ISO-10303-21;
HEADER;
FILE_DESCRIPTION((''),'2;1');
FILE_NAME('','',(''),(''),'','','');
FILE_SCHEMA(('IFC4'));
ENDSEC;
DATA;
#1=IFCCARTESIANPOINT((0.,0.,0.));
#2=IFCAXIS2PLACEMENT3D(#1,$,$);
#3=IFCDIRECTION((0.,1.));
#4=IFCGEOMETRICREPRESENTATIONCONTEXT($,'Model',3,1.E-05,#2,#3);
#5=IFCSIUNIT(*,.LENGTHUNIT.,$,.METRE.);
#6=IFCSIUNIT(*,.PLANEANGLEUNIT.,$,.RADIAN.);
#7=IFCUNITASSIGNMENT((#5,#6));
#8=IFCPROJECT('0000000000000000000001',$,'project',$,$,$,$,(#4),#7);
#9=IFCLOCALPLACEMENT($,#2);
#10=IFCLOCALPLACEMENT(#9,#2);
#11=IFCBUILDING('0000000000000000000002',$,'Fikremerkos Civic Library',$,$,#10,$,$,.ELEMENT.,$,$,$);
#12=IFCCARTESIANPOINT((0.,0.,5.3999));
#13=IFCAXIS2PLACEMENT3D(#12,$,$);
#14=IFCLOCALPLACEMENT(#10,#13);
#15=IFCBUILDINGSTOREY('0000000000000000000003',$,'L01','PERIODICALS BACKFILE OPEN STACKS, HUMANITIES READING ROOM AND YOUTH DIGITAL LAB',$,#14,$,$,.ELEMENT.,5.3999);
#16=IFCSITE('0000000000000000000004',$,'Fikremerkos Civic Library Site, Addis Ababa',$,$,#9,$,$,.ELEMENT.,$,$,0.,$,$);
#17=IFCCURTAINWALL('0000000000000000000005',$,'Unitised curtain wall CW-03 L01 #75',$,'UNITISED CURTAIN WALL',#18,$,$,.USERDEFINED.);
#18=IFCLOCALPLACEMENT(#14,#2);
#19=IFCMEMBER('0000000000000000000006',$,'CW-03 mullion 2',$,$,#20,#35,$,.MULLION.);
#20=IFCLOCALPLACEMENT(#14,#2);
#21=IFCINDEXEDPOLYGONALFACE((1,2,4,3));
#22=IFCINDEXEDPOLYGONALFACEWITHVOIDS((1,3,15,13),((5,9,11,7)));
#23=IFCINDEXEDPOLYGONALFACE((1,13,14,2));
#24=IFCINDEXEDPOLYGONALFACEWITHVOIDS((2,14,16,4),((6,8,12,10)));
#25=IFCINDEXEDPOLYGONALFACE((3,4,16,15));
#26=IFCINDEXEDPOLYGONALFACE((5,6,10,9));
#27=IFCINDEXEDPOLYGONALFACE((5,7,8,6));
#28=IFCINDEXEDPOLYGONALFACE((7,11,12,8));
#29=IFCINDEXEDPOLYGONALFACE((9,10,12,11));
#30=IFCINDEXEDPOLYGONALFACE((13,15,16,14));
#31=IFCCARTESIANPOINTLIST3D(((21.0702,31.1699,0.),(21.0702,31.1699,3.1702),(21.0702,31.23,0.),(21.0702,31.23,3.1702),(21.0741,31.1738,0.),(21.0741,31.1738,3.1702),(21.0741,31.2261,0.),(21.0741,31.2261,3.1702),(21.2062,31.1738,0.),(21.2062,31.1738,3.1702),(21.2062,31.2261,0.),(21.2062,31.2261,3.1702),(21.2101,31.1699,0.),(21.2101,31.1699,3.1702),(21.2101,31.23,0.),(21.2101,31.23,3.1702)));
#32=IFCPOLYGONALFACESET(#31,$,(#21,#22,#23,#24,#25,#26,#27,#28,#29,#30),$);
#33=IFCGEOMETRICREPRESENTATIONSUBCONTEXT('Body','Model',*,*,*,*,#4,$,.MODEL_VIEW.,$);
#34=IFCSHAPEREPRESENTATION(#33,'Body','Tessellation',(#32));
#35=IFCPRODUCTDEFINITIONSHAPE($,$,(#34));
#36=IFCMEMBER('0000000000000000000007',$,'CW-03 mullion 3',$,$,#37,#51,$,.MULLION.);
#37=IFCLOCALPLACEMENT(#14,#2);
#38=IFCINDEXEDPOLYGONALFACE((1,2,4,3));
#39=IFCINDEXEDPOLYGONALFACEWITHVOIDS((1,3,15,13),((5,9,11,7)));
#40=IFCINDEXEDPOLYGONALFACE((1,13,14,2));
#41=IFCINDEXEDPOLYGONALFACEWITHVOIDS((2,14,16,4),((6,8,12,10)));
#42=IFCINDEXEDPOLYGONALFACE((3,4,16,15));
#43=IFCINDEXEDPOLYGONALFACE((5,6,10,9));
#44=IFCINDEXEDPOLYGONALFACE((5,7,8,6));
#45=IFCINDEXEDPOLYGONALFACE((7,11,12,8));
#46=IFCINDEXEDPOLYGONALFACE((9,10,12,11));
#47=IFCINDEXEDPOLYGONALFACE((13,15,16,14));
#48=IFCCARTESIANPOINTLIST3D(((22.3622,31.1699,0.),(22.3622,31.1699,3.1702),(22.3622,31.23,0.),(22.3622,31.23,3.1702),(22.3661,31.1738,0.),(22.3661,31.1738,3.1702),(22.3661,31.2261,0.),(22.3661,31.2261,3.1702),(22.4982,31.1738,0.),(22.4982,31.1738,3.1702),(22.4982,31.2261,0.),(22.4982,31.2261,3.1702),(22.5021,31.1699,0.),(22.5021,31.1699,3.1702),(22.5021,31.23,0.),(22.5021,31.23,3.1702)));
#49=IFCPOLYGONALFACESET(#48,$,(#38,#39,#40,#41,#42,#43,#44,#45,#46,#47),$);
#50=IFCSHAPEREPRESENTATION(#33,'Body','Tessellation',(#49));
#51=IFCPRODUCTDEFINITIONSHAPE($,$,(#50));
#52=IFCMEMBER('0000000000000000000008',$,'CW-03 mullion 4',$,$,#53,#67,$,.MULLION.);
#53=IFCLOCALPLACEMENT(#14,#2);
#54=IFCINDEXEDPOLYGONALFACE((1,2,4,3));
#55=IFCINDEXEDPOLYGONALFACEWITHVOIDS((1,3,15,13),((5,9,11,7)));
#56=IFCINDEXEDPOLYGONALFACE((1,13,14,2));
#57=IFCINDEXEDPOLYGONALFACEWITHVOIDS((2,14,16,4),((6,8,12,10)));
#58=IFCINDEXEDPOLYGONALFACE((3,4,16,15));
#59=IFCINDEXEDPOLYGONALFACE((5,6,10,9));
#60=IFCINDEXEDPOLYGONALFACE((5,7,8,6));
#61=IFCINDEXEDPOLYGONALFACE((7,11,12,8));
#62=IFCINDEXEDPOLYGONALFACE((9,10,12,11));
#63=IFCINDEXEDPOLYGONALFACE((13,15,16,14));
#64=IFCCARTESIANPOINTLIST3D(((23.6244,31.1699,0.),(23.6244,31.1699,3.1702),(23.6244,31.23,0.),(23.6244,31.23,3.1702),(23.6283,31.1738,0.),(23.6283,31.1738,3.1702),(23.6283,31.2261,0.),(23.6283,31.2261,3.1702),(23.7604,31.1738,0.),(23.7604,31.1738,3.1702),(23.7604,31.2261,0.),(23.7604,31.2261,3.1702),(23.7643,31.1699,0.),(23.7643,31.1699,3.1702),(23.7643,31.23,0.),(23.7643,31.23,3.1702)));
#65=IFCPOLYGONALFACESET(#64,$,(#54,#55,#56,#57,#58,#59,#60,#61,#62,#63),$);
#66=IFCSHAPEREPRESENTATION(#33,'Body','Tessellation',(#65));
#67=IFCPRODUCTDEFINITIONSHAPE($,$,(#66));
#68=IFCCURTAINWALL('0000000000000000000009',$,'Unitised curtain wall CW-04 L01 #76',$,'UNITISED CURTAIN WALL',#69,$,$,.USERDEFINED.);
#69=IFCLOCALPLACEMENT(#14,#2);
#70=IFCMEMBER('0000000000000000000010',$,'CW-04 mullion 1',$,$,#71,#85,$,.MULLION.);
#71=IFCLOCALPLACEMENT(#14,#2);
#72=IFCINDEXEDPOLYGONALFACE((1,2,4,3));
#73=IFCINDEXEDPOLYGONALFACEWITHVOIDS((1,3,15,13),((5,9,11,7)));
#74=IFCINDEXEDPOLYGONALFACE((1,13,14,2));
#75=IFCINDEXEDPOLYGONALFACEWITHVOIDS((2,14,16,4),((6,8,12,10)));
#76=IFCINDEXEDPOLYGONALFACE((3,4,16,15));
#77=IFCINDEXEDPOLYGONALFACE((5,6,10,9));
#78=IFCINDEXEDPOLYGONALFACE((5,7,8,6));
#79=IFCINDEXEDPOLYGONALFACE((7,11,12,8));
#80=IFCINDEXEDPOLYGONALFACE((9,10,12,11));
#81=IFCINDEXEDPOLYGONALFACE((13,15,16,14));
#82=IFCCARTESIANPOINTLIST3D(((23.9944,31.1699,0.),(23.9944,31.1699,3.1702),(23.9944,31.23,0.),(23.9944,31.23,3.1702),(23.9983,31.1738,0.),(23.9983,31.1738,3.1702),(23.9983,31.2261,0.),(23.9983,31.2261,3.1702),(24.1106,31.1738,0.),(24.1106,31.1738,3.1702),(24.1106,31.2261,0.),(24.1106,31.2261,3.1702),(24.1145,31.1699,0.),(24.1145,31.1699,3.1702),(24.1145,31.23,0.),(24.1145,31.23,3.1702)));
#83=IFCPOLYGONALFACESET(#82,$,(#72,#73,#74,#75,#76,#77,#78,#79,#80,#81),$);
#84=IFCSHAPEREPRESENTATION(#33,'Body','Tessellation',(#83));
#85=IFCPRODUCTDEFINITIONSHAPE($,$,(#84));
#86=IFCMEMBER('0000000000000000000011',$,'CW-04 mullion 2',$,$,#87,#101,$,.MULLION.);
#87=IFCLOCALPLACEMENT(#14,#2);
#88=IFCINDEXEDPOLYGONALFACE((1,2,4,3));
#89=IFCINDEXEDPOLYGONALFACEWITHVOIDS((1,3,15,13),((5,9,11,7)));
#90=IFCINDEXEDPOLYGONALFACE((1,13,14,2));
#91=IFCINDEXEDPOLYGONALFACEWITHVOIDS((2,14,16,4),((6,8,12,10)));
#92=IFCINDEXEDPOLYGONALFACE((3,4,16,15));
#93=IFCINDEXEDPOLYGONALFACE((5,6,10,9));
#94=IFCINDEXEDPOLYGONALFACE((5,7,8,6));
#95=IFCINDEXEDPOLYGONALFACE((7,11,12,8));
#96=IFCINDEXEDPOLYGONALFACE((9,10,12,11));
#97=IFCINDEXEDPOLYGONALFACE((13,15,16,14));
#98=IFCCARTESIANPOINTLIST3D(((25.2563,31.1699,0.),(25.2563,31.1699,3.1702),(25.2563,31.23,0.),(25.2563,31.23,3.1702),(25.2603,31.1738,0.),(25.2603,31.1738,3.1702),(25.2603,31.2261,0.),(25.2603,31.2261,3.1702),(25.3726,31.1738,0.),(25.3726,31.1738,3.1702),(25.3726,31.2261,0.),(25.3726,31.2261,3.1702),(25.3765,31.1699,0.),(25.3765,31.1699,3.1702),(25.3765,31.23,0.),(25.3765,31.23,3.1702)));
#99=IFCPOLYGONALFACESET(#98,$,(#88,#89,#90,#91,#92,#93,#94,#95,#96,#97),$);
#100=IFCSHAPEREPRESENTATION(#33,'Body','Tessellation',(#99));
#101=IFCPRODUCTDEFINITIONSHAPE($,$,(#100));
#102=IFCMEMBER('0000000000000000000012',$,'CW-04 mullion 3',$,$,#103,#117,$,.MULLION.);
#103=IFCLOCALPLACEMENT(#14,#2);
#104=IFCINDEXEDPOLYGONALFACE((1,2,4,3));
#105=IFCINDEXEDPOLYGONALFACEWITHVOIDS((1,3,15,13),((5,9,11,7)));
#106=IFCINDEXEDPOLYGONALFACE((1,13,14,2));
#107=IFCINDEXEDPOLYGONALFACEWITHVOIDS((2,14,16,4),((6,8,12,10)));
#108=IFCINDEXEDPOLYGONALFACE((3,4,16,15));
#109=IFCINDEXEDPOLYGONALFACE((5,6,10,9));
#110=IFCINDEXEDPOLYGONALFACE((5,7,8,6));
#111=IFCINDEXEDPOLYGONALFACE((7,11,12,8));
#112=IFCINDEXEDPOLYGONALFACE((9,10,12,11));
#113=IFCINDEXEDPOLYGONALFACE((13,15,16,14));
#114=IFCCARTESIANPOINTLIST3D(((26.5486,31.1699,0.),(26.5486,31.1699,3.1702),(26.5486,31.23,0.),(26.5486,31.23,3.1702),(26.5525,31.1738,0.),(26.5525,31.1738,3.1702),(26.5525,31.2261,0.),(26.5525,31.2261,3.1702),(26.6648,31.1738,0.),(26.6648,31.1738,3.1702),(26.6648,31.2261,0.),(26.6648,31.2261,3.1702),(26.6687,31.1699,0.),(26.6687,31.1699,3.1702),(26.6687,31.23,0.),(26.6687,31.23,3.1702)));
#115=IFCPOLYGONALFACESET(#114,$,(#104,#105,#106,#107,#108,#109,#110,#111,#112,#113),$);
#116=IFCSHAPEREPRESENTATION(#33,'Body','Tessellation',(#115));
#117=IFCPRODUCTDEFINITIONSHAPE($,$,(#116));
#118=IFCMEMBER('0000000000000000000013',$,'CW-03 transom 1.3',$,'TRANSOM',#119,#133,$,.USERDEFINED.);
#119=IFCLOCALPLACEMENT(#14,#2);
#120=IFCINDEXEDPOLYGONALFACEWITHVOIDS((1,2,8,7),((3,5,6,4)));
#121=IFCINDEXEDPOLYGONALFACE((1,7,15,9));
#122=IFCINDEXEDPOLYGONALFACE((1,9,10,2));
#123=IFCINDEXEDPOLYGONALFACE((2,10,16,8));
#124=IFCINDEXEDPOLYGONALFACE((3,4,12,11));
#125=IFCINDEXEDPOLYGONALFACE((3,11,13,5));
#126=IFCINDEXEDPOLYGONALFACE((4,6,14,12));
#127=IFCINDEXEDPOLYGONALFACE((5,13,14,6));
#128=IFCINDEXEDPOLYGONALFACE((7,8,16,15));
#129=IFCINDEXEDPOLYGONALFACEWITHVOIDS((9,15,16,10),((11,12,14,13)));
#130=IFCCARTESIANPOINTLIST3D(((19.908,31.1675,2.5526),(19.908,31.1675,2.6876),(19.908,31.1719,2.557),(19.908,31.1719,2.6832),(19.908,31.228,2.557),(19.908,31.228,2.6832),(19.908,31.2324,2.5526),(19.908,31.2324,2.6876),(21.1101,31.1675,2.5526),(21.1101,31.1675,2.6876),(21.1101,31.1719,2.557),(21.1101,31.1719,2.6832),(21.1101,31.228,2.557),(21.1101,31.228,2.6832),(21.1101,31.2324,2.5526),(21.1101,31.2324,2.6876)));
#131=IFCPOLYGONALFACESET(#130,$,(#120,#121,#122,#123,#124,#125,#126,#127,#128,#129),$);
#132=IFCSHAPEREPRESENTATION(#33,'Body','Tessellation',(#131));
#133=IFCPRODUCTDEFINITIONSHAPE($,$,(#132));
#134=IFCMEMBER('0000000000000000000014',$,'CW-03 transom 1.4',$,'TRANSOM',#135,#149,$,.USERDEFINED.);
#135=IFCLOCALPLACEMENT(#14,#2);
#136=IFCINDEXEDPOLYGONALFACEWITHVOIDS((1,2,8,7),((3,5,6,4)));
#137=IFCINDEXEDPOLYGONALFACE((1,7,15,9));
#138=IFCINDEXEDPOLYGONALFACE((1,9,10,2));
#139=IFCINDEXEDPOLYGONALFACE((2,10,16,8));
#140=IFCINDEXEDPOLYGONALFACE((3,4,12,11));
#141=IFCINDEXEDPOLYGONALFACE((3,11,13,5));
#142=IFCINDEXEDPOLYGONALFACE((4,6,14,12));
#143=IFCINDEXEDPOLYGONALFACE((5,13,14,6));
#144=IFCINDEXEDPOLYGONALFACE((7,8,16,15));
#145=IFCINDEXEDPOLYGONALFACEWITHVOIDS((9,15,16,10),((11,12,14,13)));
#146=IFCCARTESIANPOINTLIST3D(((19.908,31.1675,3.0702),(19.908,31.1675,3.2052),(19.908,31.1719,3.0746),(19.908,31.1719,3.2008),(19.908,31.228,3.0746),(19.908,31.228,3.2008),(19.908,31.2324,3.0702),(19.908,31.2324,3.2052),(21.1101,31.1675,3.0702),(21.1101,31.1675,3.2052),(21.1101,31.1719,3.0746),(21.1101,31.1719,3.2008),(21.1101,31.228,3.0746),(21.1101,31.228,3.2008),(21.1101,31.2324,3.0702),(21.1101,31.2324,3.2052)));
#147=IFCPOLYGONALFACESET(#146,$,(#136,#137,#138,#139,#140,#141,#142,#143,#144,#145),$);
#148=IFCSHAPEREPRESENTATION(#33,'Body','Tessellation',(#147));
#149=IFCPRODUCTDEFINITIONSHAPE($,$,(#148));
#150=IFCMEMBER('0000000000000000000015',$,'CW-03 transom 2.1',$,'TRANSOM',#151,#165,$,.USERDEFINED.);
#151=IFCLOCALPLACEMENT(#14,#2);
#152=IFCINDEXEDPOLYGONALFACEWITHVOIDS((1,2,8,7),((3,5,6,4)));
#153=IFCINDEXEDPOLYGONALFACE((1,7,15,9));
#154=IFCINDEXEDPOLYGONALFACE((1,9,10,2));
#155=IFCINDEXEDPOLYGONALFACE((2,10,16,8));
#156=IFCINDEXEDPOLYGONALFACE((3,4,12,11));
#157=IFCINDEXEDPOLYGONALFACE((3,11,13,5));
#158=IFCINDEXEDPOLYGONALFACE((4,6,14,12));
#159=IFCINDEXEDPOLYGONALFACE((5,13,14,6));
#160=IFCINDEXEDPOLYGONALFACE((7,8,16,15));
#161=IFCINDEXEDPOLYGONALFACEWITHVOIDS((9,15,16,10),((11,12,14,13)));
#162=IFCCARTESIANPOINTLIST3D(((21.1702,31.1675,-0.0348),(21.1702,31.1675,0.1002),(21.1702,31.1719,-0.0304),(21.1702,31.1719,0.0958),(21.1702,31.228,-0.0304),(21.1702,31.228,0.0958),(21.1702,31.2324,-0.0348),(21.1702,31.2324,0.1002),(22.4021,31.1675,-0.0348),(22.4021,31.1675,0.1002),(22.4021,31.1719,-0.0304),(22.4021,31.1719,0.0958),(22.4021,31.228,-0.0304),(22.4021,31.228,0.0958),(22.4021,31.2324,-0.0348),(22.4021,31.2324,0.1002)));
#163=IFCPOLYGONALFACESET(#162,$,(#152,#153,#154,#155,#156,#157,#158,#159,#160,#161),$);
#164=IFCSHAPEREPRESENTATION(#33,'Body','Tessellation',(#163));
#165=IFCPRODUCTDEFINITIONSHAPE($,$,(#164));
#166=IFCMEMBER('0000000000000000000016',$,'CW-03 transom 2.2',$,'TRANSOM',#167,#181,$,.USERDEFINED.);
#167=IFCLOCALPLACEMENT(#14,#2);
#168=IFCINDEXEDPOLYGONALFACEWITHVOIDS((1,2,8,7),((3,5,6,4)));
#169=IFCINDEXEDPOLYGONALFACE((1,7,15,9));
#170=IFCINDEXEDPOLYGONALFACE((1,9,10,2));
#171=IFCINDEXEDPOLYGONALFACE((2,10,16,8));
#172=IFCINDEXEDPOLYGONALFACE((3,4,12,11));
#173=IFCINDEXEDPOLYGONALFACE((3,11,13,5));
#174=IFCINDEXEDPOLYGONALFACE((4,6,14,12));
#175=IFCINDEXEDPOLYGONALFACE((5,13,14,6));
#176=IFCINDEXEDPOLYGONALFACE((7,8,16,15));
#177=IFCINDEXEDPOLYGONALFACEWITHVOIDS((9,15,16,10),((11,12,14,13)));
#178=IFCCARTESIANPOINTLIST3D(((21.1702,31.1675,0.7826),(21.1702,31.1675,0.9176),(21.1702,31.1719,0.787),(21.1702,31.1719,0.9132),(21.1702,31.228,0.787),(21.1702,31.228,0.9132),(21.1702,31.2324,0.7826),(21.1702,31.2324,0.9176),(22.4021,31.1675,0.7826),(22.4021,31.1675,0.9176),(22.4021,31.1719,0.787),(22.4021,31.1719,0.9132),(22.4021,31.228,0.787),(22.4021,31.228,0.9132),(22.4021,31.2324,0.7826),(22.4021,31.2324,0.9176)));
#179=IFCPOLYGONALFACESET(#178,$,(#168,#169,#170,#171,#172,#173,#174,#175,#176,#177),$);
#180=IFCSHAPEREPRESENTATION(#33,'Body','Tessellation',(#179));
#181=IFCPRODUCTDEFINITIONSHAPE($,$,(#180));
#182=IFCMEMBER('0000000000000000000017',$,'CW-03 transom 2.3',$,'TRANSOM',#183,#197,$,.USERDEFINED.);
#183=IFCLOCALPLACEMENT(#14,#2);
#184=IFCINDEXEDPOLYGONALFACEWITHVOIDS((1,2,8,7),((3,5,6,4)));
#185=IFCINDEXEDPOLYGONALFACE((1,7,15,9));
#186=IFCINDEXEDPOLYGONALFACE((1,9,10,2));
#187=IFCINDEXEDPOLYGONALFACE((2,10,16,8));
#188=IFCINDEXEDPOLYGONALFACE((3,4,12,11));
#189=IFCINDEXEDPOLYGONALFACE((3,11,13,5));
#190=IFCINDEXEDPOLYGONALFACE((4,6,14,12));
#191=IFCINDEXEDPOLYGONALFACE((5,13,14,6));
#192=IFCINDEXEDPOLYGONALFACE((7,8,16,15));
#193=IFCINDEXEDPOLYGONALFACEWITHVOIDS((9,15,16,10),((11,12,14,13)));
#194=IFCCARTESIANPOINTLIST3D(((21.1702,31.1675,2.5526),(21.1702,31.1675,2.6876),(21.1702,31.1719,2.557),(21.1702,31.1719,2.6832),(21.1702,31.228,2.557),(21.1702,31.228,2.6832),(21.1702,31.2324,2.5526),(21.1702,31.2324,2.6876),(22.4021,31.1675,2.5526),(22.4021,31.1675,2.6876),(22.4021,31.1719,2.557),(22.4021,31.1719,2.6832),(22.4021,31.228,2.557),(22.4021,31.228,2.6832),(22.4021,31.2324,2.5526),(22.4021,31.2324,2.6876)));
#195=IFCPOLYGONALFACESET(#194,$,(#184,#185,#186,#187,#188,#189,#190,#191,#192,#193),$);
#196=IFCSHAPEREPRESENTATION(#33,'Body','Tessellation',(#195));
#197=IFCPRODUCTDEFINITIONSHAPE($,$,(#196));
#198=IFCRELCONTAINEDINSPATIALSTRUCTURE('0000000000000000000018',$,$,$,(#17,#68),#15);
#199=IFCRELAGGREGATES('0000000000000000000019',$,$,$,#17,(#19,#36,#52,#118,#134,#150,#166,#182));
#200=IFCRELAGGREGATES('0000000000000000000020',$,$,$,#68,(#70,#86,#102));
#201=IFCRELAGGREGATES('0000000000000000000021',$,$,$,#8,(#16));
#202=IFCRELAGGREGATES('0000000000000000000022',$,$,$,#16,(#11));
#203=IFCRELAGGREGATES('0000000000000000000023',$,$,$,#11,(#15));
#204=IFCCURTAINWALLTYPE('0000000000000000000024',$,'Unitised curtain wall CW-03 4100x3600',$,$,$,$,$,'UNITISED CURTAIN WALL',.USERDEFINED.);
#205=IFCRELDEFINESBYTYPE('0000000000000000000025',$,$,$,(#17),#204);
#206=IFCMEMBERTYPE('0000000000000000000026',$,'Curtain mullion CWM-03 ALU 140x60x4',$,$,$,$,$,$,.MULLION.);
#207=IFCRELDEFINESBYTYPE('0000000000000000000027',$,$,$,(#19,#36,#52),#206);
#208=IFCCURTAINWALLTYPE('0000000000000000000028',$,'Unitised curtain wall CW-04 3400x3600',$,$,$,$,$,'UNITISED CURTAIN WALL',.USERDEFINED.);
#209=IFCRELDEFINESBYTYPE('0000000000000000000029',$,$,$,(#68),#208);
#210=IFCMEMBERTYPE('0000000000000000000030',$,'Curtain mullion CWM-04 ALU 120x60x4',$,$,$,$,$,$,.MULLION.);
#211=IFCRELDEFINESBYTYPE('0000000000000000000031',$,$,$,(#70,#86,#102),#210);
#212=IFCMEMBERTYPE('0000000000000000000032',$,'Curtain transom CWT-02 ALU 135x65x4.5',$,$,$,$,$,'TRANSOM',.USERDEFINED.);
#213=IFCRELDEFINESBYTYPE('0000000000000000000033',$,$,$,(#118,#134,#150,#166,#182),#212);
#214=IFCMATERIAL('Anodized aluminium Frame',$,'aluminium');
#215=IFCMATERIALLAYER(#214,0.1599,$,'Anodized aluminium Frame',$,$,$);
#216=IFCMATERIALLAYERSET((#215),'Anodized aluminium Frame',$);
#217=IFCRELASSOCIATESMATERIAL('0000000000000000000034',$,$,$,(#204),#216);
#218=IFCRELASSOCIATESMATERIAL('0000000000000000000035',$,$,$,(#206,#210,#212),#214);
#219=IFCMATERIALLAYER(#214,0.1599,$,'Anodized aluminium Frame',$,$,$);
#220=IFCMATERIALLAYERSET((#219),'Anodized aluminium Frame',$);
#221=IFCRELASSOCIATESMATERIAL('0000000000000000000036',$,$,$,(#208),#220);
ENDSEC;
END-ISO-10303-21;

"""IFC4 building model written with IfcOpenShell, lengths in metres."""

from ifc_helpers import new_model, si_unit, direction, frame, origin, origin_2d, place, context, subcontext, project, spatial, hollow_rectangle, extrude, material, layer, layer_set, material_profile, profile_set, type_object, element, aggregate, save


model = new_model("IFC4")

# Units and contexts
model_context = context("Model", 3, precision=1e-05, world=origin(), true_north=direction((0.0, 1.0)))
body_context = subcontext(model_context, "Body", "Model", "MODEL_VIEW")
ifc_project = project(units=[si_unit("LENGTHUNIT", "METRE"), si_unit("PLANEANGLEUNIT", "RADIAN")], contexts=[model_context])

# Site, building, storey
site_placement = place(None, origin())
site = spatial("IfcSite", under=ifc_project, at=site_placement, Name="Fikremerkos Civic Library Site, Addis Ababa", CompositionType="ELEMENT", RefElevation=0.0)
building_placement = place(site_placement, origin())
building = spatial("IfcBuilding", under=site, at=building_placement, Name="Fikremerkos Civic Library", CompositionType="ELEMENT")
storey_placement = place(building_placement, frame((0.0, 0.0, 5.3999)))
storey = spatial("IfcBuildingStorey", under=building, at=storey_placement, Name="L01", Description="PERIODICALS BACKFILE OPEN STACKS, HUMANITIES READING ROOM AND YOUTH DIGITAL LAB", CompositionType="ELEMENT", Elevation=5.3999)

# Curtain walls, members
ifc_material_1 = material(Name="Anodized aluminium Frame", Category="aluminium")
ifc_layer_1 = layer(ifc_material_1, 0.1599, Name="Anodized aluminium Frame")
ifc_layer_set_1 = layer_set([ifc_layer_1], Name="Anodized aluminium Frame")
curtain_wall_type_1 = type_object("IfcCurtainWallType", Name="Unitised curtain wall CW-03 4100x3600", ElementType="UNITISED CURTAIN WALL", PredefinedType="USERDEFINED", material=ifc_layer_set_1)
curtain_wall_1_placement = place(storey_placement, origin())
curtain_wall_1 = element("IfcCurtainWall", 1, at=curtain_wall_1_placement, inside=storey, type_object=curtain_wall_type_1, Name="Unitised curtain wall CW-03 L01 #75", ObjectType="UNITISED CURTAIN WALL", PredefinedType="USERDEFINED")
ifc_material_profile_1 = material_profile(ifc_material_1, hollow_rectangle(XDim=0.0601, YDim=0.1399, WallThickness=0.0039, at=origin_2d()), Name="ALU 140x60x4")
ifc_profile_set_1 = profile_set([ifc_material_profile_1], Name="Anodized aluminium Frame")
member_type_1 = type_object("IfcMemberType", Name="Curtain mullion CWM-03 ALU 140x60x4", PredefinedType="MULLION", material=ifc_profile_set_1)
member_1_placement = place(storey_placement, frame((21.1401, 31.2, 0.0), z_axis=(0.0, 0.0, 1.0), x_axis=(0.0, 1.0, 0.0)))
member_1 = element("IfcMember", 2, at=member_1_placement, type_object=member_type_1, Name="CW-03 mullion 2", PredefinedType="MULLION", context=body_context, shape_type="SweptSolid", body=[
    extrude(hollow_rectangle(XDim=0.0601, YDim=0.1399, WallThickness=0.0039, at=origin_2d()), origin(), (0.0, 0.0, 1.0), 3.1702),
])
member_2_placement = place(storey_placement, frame((22.4321, 31.2, 0.0), z_axis=(0.0, 0.0, 1.0), x_axis=(0.0, 1.0, 0.0)))
member_2 = element("IfcMember", 3, at=member_2_placement, type_object=member_type_1, Name="CW-03 mullion 3", PredefinedType="MULLION", context=body_context, shape_type="SweptSolid", body=[
    extrude(hollow_rectangle(XDim=0.0601, YDim=0.1399, WallThickness=0.0039, at=origin_2d()), origin(), (0.0, 0.0, 1.0), 3.1702),
])
member_3_placement = place(storey_placement, frame((23.6943, 31.2, 0.0), z_axis=(0.0, 0.0, 1.0), x_axis=(0.0, 1.0, 0.0)))
member_3 = element("IfcMember", 4, at=member_3_placement, type_object=member_type_1, Name="CW-03 mullion 4", PredefinedType="MULLION", context=body_context, shape_type="SweptSolid", body=[
    extrude(hollow_rectangle(XDim=0.0601, YDim=0.1399, WallThickness=0.0039, at=origin_2d()), origin(), (0.0, 0.0, 1.0), 3.1702),
])
ifc_layer_2 = layer(ifc_material_1, 0.1599, Name="Anodized aluminium Frame")
ifc_layer_set_2 = layer_set([ifc_layer_2], Name="Anodized aluminium Frame")
curtain_wall_type_2 = type_object("IfcCurtainWallType", Name="Unitised curtain wall CW-04 3400x3600", ElementType="UNITISED CURTAIN WALL", PredefinedType="USERDEFINED", material=ifc_layer_set_2)
curtain_wall_2_placement = place(storey_placement, origin())
curtain_wall_2 = element("IfcCurtainWall", 5, at=curtain_wall_2_placement, inside=storey, type_object=curtain_wall_type_2, Name="Unitised curtain wall CW-04 L01 #76", ObjectType="UNITISED CURTAIN WALL", PredefinedType="USERDEFINED")
ifc_material_profile_2 = material_profile(ifc_material_1, hollow_rectangle(XDim=0.0601, YDim=0.1201, WallThickness=0.0039, at=origin_2d()), Name="ALU 120x60x4")
ifc_profile_set_2 = profile_set([ifc_material_profile_2], Name="Anodized aluminium Frame")
member_type_2 = type_object("IfcMemberType", Name="Curtain mullion CWM-04 ALU 120x60x4", PredefinedType="MULLION", material=ifc_profile_set_2)
member_4_placement = place(storey_placement, frame((24.0544, 31.2, 0.0), z_axis=(0.0, 0.0, 1.0), x_axis=(0.0, 1.0, 0.0)))
member_4 = element("IfcMember", 6, at=member_4_placement, type_object=member_type_2, Name="CW-04 mullion 1", PredefinedType="MULLION", context=body_context, shape_type="SweptSolid", body=[
    extrude(hollow_rectangle(XDim=0.0601, YDim=0.1201, WallThickness=0.0039, at=origin_2d()), origin(), (0.0, 0.0, 1.0), 3.1702),
])
member_5_placement = place(storey_placement, frame((25.3164, 31.2, 0.0), z_axis=(0.0, 0.0, 1.0), x_axis=(0.0, 1.0, 0.0)))
member_5 = element("IfcMember", 7, at=member_5_placement, type_object=member_type_2, Name="CW-04 mullion 2", PredefinedType="MULLION", context=body_context, shape_type="SweptSolid", body=[
    extrude(hollow_rectangle(XDim=0.0601, YDim=0.1201, WallThickness=0.0039, at=origin_2d()), origin(), (0.0, 0.0, 1.0), 3.1702),
])
member_6_placement = place(storey_placement, frame((26.6086, 31.2, 0.0), z_axis=(0.0, 0.0, 1.0), x_axis=(0.0, 1.0, 0.0)))
member_6 = element("IfcMember", 8, at=member_6_placement, type_object=member_type_2, Name="CW-04 mullion 3", PredefinedType="MULLION", context=body_context, shape_type="SweptSolid", body=[
    extrude(hollow_rectangle(XDim=0.0601, YDim=0.1201, WallThickness=0.0039, at=origin_2d()), origin(), (0.0, 0.0, 1.0), 3.1702),
])

# Members
ifc_material_profile_3 = material_profile(ifc_material_1, hollow_rectangle(XDim=0.0649, YDim=0.135, WallThickness=0.0044, at=origin_2d()), Name="ALU 135x65x4.5")
ifc_profile_set_3 = profile_set([ifc_material_profile_3], Name="Anodized aluminium Frame")
member_type_3 = type_object("IfcMemberType", Name="Curtain transom CWT-02 ALU 135x65x4.5", ElementType="TRANSOM", PredefinedType="USERDEFINED", material=ifc_profile_set_3)
member_7_placement = place(storey_placement, frame((19.908, 31.2, 2.6201), z_axis=(1.0, 0.0, 0.0), x_axis=(0.0, 1.0, 0.0)))
member_7 = element("IfcMember", 9, at=member_7_placement, type_object=member_type_3, Name="CW-03 transom 1.3", ObjectType="TRANSOM", PredefinedType="USERDEFINED", context=body_context, shape_type="SweptSolid", body=[
    extrude(hollow_rectangle(XDim=0.0649, YDim=0.135, WallThickness=0.0044, at=origin_2d()), origin(), (0.0, 0.0, 1.0), 1.2021),
])
member_8_placement = place(storey_placement, frame((19.908, 31.2, 3.1377), z_axis=(1.0, 0.0, 0.0), x_axis=(0.0, 1.0, 0.0)))
member_8 = element("IfcMember", 10, at=member_8_placement, type_object=member_type_3, Name="CW-03 transom 1.4", ObjectType="TRANSOM", PredefinedType="USERDEFINED", context=body_context, shape_type="SweptSolid", body=[
    extrude(hollow_rectangle(XDim=0.0649, YDim=0.135, WallThickness=0.0044, at=origin_2d()), origin(), (0.0, 0.0, 1.0), 1.2021),
])
member_9_placement = place(storey_placement, frame((21.1702, 31.2, 0.0327), z_axis=(1.0, 0.0, 0.0), x_axis=(0.0, 1.0, 0.0)))
member_9 = element("IfcMember", 11, at=member_9_placement, type_object=member_type_3, Name="CW-03 transom 2.1", ObjectType="TRANSOM", PredefinedType="USERDEFINED", context=body_context, shape_type="SweptSolid", body=[
    extrude(hollow_rectangle(XDim=0.0649, YDim=0.135, WallThickness=0.0044, at=origin_2d()), origin(), (0.0, 0.0, 1.0), 1.2319),
])
member_10_placement = place(storey_placement, frame((21.1702, 31.2, 0.8501), z_axis=(1.0, 0.0, 0.0), x_axis=(0.0, 1.0, 0.0)))
member_10 = element("IfcMember", 12, at=member_10_placement, type_object=member_type_3, Name="CW-03 transom 2.2", ObjectType="TRANSOM", PredefinedType="USERDEFINED", context=body_context, shape_type="SweptSolid", body=[
    extrude(hollow_rectangle(XDim=0.0649, YDim=0.135, WallThickness=0.0044, at=origin_2d()), origin(), (0.0, 0.0, 1.0), 1.2319),
])
member_11_placement = place(storey_placement, frame((21.1702, 31.2, 2.6201), z_axis=(1.0, 0.0, 0.0), x_axis=(0.0, 1.0, 0.0)))
member_11 = element("IfcMember", 13, at=member_11_placement, type_object=member_type_3, Name="CW-03 transom 2.3", ObjectType="TRANSOM", PredefinedType="USERDEFINED", context=body_context, shape_type="SweptSolid", body=[
    extrude(hollow_rectangle(XDim=0.0649, YDim=0.135, WallThickness=0.0044, at=origin_2d()), origin(), (0.0, 0.0, 1.0), 1.2319),
])

aggregate(curtain_wall_1, [member_1, member_2, member_3, member_7, member_8, member_9, member_10, member_11])
aggregate(curtain_wall_2, [member_4, member_5, member_6])

save(model, "model.ifc")
